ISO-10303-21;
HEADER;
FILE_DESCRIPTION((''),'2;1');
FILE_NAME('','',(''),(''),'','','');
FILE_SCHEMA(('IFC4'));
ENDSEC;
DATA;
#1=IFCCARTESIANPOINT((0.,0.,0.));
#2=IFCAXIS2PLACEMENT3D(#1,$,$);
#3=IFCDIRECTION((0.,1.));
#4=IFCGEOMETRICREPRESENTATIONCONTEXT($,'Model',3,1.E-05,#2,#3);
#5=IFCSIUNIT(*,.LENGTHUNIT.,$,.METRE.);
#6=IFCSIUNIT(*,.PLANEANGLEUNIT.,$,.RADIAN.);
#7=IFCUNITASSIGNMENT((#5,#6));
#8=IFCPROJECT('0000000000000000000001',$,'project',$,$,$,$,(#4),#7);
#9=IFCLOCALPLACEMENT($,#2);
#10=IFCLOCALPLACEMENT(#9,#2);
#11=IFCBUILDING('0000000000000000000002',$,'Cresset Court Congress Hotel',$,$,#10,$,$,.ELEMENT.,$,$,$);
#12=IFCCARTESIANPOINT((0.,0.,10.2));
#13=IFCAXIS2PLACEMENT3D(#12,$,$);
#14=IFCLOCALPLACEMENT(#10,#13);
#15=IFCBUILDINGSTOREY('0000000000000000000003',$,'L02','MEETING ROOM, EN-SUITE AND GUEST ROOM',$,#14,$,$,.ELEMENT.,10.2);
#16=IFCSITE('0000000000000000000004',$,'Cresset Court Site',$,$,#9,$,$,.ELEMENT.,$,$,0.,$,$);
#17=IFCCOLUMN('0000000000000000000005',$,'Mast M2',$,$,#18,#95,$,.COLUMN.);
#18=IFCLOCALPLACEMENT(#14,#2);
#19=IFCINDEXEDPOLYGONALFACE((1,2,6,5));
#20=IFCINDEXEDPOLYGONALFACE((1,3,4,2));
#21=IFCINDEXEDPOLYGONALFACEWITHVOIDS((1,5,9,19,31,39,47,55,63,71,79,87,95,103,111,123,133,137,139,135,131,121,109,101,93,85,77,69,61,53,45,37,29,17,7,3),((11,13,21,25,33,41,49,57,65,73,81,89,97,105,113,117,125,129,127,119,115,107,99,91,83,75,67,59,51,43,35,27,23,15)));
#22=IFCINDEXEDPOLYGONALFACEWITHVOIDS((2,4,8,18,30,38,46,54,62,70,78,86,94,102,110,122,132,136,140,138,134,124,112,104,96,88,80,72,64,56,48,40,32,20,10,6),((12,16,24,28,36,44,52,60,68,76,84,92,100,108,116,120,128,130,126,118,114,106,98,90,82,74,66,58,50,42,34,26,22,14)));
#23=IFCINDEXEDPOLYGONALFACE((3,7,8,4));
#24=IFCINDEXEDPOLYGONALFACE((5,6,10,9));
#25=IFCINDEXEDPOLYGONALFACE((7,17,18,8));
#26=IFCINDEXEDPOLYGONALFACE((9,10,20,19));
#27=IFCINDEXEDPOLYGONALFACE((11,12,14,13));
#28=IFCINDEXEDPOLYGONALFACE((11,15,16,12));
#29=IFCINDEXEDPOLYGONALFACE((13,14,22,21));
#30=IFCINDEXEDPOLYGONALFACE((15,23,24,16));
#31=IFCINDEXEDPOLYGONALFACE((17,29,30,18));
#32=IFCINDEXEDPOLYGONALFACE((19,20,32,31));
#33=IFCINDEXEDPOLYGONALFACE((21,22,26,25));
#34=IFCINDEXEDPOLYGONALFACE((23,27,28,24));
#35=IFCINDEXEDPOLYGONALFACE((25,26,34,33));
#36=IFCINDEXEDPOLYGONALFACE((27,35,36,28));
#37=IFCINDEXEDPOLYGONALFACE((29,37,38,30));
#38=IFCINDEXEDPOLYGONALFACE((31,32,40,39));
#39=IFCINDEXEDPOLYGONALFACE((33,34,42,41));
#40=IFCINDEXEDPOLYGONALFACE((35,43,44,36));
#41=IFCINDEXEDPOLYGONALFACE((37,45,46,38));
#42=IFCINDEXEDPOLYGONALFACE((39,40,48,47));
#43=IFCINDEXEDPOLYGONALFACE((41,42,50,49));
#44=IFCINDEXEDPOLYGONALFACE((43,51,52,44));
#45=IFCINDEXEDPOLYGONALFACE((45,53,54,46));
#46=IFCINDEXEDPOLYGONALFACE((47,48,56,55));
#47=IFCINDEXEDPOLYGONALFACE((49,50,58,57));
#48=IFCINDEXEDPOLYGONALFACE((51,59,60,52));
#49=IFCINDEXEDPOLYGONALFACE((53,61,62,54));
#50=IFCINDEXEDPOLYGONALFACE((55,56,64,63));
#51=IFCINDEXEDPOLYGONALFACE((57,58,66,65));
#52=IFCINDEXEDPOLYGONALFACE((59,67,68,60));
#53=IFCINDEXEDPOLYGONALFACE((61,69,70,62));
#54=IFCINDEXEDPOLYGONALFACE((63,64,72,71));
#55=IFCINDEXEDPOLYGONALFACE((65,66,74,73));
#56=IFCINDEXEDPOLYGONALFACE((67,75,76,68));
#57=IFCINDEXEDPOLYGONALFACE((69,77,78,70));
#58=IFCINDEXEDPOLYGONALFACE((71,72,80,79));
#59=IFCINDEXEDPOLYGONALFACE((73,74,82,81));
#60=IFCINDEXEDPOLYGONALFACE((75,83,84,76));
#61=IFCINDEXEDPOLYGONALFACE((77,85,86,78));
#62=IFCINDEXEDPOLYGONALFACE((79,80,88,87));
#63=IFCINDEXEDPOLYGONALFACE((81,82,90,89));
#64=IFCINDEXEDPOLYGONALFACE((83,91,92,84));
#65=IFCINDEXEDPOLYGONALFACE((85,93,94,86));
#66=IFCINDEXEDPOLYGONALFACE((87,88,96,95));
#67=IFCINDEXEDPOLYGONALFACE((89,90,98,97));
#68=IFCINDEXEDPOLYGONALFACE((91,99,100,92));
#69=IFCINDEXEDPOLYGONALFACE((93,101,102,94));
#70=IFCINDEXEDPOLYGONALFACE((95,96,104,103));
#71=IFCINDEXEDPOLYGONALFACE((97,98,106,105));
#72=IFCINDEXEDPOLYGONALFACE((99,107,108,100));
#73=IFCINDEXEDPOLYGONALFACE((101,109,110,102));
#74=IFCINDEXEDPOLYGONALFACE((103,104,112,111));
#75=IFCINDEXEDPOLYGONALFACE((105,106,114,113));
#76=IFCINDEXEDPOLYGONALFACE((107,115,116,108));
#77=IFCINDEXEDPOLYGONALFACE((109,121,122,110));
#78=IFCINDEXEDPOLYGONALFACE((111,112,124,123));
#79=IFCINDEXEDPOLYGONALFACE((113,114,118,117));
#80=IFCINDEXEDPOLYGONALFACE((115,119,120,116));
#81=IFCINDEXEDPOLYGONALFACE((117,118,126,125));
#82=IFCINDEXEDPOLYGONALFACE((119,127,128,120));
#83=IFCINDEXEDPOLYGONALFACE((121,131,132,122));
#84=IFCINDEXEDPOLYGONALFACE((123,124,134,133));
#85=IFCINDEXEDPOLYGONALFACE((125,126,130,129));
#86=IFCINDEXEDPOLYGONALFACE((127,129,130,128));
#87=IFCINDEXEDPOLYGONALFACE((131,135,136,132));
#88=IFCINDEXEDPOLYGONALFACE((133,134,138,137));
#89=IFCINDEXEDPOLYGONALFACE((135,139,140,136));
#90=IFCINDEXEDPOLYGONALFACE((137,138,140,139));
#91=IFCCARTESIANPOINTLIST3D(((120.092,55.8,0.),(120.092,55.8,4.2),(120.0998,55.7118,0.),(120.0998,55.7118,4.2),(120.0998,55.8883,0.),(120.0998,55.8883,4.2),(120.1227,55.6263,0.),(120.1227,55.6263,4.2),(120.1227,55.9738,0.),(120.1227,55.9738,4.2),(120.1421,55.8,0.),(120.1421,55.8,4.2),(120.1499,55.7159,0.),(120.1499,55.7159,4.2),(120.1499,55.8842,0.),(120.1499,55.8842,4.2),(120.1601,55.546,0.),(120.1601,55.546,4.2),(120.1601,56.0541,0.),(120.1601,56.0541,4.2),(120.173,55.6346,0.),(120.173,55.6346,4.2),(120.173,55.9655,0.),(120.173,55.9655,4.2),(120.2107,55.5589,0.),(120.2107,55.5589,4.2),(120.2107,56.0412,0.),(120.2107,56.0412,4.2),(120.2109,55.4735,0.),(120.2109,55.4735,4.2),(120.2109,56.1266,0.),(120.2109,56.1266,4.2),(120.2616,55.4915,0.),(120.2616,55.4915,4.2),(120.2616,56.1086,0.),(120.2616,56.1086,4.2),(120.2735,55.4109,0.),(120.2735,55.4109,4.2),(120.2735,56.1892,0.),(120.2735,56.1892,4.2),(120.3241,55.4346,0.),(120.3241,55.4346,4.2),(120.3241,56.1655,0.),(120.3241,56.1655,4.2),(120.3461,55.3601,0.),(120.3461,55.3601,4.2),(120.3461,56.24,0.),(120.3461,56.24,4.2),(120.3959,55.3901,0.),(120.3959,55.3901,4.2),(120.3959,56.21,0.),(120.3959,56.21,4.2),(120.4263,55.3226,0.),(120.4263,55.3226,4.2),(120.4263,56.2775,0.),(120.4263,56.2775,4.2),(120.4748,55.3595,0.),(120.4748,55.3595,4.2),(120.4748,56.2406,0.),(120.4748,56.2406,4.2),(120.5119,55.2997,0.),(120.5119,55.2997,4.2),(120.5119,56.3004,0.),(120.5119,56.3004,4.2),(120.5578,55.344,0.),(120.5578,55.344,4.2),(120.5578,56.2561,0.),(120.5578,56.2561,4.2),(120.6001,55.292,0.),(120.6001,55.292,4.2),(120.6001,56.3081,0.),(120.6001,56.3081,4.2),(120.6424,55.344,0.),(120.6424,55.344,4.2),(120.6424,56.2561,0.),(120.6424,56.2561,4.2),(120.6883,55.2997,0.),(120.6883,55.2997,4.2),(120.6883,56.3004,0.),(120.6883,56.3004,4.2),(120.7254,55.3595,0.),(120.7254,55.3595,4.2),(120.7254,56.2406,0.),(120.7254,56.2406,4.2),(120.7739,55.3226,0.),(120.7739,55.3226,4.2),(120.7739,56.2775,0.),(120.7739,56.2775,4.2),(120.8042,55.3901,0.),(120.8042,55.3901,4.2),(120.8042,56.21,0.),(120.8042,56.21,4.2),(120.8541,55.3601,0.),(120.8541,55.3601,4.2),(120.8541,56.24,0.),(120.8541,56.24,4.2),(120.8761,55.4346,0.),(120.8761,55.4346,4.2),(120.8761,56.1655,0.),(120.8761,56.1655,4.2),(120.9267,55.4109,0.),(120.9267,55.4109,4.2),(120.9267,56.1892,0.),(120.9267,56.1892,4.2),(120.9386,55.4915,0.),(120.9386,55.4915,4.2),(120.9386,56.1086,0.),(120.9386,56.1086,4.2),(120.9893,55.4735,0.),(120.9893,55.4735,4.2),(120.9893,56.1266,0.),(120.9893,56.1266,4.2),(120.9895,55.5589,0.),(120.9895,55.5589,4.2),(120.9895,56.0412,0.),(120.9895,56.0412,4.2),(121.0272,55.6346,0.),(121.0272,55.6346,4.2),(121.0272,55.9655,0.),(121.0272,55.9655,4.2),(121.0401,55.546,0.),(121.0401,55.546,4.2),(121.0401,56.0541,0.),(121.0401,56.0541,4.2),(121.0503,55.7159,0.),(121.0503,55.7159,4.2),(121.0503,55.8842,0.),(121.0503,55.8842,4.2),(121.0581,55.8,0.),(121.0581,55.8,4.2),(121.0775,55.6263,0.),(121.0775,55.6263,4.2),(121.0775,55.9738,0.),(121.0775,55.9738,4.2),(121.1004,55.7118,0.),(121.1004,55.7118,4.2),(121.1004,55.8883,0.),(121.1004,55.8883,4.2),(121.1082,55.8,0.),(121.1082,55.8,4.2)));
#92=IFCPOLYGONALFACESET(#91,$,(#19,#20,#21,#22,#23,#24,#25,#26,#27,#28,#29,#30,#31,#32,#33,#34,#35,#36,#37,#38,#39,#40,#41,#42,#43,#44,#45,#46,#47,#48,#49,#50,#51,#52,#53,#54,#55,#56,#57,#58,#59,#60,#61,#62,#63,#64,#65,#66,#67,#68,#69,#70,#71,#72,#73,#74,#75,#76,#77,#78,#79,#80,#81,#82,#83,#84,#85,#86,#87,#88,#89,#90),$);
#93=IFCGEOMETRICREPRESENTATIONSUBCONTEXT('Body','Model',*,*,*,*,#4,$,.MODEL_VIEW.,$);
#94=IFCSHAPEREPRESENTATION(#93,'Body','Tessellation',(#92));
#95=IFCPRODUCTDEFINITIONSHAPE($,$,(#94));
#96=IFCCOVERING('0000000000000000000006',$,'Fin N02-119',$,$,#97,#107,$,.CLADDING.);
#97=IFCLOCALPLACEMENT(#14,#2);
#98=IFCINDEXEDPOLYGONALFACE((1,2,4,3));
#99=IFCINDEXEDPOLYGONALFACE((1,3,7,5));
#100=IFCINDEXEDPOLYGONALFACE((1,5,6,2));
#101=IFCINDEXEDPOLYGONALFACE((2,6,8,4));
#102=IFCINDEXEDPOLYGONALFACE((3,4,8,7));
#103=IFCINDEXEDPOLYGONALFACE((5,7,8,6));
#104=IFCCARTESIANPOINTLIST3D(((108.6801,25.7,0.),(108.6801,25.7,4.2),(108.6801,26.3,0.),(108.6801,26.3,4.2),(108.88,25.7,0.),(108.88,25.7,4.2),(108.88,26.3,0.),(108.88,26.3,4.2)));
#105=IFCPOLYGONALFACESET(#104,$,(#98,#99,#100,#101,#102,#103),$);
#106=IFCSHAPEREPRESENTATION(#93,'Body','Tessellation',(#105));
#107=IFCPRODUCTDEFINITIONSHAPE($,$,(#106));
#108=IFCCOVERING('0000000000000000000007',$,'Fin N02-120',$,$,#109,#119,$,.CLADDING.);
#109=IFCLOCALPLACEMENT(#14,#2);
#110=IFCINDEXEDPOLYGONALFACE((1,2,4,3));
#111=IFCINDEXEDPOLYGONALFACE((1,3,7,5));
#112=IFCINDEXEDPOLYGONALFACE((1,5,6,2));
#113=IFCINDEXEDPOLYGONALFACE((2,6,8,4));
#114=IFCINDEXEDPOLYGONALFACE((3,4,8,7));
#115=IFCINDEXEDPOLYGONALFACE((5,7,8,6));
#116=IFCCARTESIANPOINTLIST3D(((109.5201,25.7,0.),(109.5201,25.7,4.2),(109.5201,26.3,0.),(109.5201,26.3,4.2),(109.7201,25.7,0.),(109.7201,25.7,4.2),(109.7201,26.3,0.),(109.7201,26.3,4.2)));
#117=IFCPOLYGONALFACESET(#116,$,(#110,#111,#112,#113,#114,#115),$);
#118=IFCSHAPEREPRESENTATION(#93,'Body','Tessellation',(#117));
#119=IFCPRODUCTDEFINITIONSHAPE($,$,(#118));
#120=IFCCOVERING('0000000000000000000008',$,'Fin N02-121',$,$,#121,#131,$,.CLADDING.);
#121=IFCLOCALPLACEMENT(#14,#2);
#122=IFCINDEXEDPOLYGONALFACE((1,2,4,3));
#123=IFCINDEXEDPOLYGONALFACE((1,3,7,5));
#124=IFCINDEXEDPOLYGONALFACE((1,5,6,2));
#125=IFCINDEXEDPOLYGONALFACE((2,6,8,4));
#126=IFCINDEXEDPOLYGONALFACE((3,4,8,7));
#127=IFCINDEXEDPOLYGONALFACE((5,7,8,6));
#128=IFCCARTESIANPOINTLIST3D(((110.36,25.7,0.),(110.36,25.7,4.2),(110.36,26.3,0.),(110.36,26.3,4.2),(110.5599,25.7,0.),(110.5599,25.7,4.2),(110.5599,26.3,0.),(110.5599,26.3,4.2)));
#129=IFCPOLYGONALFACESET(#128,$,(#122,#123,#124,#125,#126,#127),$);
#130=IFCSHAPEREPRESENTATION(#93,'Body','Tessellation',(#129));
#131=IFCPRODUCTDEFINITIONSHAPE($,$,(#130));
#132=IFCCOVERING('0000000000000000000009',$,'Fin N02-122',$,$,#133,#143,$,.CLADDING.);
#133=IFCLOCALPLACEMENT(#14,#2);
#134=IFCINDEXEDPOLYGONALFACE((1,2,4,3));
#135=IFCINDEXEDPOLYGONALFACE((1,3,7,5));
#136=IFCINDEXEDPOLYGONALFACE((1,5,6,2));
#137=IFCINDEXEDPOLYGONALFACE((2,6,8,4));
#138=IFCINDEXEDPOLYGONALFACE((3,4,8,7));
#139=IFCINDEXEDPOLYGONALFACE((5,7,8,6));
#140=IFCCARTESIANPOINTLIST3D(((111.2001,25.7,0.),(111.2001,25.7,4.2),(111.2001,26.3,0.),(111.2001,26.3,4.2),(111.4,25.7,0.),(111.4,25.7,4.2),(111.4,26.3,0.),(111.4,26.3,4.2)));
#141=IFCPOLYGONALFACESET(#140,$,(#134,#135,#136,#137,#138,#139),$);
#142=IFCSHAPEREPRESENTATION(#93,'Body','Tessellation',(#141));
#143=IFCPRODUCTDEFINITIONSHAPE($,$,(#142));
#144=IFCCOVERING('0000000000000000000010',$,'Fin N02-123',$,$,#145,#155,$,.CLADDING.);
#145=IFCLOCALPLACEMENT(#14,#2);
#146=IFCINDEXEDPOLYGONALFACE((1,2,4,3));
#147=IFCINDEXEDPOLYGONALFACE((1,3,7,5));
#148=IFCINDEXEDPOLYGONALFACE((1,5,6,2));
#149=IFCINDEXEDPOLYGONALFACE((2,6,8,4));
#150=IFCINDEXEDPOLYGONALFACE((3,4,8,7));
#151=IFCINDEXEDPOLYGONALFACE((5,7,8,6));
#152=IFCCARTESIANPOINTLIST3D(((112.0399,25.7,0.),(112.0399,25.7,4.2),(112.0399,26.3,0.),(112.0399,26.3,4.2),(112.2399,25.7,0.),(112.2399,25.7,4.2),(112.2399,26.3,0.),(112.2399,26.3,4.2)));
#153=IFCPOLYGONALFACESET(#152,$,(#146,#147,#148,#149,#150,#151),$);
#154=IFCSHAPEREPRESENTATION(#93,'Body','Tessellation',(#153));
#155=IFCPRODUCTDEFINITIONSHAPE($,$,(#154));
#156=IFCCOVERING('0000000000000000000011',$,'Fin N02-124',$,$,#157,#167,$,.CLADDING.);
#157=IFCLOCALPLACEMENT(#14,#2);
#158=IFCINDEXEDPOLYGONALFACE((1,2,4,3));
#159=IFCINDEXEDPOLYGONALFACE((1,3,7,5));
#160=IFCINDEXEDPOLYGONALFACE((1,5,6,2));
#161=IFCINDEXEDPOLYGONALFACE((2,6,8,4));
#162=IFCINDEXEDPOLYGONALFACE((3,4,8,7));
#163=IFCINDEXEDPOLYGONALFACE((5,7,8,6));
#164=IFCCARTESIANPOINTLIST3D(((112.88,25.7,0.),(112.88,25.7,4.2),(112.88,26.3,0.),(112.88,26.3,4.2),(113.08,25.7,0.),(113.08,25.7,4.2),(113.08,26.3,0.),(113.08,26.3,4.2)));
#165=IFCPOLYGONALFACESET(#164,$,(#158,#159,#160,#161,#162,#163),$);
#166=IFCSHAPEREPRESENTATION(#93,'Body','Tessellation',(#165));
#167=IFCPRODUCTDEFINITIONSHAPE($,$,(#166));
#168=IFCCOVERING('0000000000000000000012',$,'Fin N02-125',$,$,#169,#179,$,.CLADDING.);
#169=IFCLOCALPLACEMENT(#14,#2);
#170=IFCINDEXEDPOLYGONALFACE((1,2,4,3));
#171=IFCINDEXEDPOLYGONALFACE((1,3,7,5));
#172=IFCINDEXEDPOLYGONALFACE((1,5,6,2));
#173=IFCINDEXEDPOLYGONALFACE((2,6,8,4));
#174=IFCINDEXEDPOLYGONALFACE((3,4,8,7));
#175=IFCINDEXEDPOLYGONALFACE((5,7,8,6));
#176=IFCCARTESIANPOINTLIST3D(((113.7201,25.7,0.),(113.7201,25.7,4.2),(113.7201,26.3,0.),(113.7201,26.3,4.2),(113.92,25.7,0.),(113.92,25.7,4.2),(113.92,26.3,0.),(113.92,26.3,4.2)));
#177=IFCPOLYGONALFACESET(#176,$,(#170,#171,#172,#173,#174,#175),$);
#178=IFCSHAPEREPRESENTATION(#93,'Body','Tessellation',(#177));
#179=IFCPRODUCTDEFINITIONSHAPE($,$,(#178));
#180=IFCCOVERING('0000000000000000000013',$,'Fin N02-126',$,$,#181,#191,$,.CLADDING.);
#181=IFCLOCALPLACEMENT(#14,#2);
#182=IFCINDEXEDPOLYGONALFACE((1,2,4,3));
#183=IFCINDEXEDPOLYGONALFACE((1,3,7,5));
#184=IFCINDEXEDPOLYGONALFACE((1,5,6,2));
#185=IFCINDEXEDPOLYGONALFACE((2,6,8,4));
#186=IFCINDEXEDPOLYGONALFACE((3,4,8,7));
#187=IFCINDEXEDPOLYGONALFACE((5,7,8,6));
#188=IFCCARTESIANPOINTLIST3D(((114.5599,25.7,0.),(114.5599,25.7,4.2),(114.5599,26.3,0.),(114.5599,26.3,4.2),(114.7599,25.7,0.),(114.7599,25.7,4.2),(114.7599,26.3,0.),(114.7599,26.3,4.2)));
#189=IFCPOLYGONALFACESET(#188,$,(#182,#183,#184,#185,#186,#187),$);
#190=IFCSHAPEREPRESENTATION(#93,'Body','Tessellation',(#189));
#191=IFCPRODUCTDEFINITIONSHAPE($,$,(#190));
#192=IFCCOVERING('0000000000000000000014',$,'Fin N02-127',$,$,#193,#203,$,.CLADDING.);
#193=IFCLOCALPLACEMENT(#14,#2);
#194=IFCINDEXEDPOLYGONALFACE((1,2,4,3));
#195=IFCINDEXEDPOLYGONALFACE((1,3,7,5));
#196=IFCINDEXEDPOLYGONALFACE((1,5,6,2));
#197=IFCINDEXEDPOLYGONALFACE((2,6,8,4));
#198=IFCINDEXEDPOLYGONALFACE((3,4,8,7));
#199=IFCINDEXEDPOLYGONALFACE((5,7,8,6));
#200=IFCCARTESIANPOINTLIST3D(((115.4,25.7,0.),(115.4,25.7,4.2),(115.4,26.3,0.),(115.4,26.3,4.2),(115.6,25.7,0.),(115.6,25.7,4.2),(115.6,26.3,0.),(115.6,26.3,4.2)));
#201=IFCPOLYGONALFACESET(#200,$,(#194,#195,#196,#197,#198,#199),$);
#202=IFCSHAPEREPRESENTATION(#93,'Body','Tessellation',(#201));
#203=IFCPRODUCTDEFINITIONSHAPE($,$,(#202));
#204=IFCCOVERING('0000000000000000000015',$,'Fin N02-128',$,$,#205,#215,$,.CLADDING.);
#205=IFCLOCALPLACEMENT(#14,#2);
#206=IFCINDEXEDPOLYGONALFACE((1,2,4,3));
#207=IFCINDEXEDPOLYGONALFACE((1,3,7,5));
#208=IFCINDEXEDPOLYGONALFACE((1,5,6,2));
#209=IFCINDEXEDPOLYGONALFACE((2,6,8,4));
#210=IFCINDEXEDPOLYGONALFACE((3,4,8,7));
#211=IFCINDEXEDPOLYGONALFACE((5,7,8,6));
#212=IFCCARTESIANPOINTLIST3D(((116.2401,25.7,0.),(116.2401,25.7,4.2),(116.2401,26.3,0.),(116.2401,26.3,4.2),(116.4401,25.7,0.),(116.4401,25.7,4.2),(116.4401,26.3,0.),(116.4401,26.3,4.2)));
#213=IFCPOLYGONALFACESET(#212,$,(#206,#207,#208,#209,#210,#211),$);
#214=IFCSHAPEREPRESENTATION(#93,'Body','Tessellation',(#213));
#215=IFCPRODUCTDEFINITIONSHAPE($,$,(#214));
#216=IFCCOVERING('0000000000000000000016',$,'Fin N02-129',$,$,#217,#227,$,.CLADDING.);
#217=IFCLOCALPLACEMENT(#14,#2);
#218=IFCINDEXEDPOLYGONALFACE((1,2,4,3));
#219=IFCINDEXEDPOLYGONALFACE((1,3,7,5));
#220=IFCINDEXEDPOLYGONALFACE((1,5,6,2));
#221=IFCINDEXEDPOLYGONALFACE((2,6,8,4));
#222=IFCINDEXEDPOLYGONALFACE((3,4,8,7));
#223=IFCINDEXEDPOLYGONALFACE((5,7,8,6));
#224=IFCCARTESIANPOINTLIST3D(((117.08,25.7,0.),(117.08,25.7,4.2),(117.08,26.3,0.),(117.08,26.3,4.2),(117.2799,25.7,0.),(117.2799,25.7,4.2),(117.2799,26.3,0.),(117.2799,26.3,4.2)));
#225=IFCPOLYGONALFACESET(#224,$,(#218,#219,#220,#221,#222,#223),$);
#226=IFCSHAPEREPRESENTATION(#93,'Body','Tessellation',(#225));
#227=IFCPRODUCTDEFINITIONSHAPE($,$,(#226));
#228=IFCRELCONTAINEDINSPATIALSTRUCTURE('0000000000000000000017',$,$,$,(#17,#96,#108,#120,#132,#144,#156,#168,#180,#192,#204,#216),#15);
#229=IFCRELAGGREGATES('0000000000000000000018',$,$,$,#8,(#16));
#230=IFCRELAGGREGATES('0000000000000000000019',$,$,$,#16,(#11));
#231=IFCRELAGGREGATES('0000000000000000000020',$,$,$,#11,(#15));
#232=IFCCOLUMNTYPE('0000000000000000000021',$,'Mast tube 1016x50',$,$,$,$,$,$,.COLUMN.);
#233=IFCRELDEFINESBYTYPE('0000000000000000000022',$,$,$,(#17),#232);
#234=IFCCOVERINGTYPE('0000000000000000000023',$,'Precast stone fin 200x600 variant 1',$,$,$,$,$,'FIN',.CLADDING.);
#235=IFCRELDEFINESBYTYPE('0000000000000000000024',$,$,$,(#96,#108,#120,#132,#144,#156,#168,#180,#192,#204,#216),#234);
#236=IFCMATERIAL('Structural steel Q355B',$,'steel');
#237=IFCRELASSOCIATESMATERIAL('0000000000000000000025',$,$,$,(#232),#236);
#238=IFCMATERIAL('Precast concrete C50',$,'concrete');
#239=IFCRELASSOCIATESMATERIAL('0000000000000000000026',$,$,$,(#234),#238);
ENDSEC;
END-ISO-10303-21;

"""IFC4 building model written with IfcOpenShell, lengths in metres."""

from ifc_helpers import new_model, si_unit, direction, frame, origin, origin_2d, place, context, subcontext, project, spatial, rectangle, hollow_circle, extrude, material, material_profile, profile_set, type_object, element, save


model = new_model("IFC4")

# Units and contexts
model_context = context("Model", 3, precision=1e-05, world=origin(), true_north=direction((0.0, 1.0)))
body_context = subcontext(model_context, "Body", "Model", "MODEL_VIEW")
ifc_project = project(units=[si_unit("LENGTHUNIT", "METRE"), si_unit("PLANEANGLEUNIT", "RADIAN")], contexts=[model_context])

# Site, building, storey
site_placement = place(None, origin())
site = spatial("IfcSite", under=ifc_project, at=site_placement, Name="Cresset Court Site", CompositionType="ELEMENT", RefElevation=0.0)
building_placement = place(site_placement, origin())
building = spatial("IfcBuilding", under=site, at=building_placement, Name="Cresset Court Congress Hotel", CompositionType="ELEMENT")
storey_placement = place(building_placement, frame((0.0, 0.0, 10.2)))
storey = spatial("IfcBuildingStorey", under=building, at=storey_placement, Name="L02", Description="MEETING ROOM, EN-SUITE AND GUEST ROOM", CompositionType="ELEMENT", Elevation=10.2)

# Column
ifc_material_1 = material(Name="Structural steel Q355B", Category="steel")
ifc_material_profile = material_profile(ifc_material_1, hollow_circle(Radius=0.5081, WallThickness=0.05, at=origin_2d()), Name="CHS1016x50")
ifc_profile_set = profile_set([ifc_material_profile], Name="Structural steel Q355B")
column_type = type_object("IfcColumnType", Name="Mast tube 1016x50", PredefinedType="COLUMN", material=ifc_profile_set)
column_placement = place(storey_placement, frame((120.6001, 55.8, 0.0), z_axis=(0.0, 0.0, 1.0), x_axis=(1.0, 0.0, 0.0)))
element("IfcColumn", 1, at=column_placement, inside=storey, type_object=column_type, Name="Mast M2", PredefinedType="COLUMN", context=body_context, shape_type="SweptSolid", body=[
    extrude(hollow_circle(Radius=0.5081, WallThickness=0.05, at=origin_2d()), origin(), (0.0, 0.0, 1.0), 4.2),
])

# Coverings
ifc_material_2 = material(Name="Precast concrete C50", Category="concrete")
covering_type_1 = type_object("IfcCoveringType", Name="Precast stone fin 200x600 variant 1", ElementType="FIN", PredefinedType="CLADDING", material=ifc_material_2)
for number, where, z_axis, x_axis, name in (
    (2, (108.78, 26.0, 0.0), (0.0, 0.0, 1.0), (1.0, 0.0, 0.0), "Fin N02-119"),
    (3, (109.6201, 26.0, 0.0), (0.0, 0.0, 1.0), (1.0, 0.0, 0.0), "Fin N02-120"),
    (4, (110.46, 26.0, 0.0), (0.0, 0.0, 1.0), (1.0, 0.0, 0.0), "Fin N02-121"),
    (5, (111.3, 26.0, 0.0), (0.0, 0.0, 1.0), (1.0, 0.0, 0.0), "Fin N02-122"),
    (6, (112.1399, 26.0, 0.0), (0.0, 0.0, 1.0), (1.0, 0.0, 0.0), "Fin N02-123"),
    (7, (112.98, 26.0, 0.0), (0.0, 0.0, 1.0), (1.0, 0.0, 0.0), "Fin N02-124"),
    (8, (113.8201, 26.0, 0.0), (0.0, 0.0, 1.0), (1.0, 0.0, 0.0), "Fin N02-125"),
    (9, (114.6599, 26.0, 0.0), (0.0, 0.0, 1.0), (1.0, 0.0, 0.0), "Fin N02-126"),
    (10, (115.5, 26.0, 0.0), (0.0, 0.0, 1.0), (1.0, 0.0, 0.0), "Fin N02-127"),
    (11, (116.3401, 26.0, 0.0), (0.0, 0.0, 1.0), (1.0, 0.0, 0.0), "Fin N02-128"),
    (12, (117.1799, 26.0, 0.0), (0.0, 0.0, 1.0), (1.0, 0.0, 0.0), "Fin N02-129"),
):
    element("IfcCovering", number, at=place(storey_placement, frame(where, z_axis=z_axis, x_axis=x_axis)), inside=storey, type_object=covering_type_1, Name=name, PredefinedType="CLADDING", context=body_context, shape_type="SweptSolid", body=[
        extrude(rectangle(XDim=0.2, YDim=0.6001, at=origin_2d()), origin(), (0.0, 0.0, 1.0), 4.2),
    ])

save(model, "model.ifc")
